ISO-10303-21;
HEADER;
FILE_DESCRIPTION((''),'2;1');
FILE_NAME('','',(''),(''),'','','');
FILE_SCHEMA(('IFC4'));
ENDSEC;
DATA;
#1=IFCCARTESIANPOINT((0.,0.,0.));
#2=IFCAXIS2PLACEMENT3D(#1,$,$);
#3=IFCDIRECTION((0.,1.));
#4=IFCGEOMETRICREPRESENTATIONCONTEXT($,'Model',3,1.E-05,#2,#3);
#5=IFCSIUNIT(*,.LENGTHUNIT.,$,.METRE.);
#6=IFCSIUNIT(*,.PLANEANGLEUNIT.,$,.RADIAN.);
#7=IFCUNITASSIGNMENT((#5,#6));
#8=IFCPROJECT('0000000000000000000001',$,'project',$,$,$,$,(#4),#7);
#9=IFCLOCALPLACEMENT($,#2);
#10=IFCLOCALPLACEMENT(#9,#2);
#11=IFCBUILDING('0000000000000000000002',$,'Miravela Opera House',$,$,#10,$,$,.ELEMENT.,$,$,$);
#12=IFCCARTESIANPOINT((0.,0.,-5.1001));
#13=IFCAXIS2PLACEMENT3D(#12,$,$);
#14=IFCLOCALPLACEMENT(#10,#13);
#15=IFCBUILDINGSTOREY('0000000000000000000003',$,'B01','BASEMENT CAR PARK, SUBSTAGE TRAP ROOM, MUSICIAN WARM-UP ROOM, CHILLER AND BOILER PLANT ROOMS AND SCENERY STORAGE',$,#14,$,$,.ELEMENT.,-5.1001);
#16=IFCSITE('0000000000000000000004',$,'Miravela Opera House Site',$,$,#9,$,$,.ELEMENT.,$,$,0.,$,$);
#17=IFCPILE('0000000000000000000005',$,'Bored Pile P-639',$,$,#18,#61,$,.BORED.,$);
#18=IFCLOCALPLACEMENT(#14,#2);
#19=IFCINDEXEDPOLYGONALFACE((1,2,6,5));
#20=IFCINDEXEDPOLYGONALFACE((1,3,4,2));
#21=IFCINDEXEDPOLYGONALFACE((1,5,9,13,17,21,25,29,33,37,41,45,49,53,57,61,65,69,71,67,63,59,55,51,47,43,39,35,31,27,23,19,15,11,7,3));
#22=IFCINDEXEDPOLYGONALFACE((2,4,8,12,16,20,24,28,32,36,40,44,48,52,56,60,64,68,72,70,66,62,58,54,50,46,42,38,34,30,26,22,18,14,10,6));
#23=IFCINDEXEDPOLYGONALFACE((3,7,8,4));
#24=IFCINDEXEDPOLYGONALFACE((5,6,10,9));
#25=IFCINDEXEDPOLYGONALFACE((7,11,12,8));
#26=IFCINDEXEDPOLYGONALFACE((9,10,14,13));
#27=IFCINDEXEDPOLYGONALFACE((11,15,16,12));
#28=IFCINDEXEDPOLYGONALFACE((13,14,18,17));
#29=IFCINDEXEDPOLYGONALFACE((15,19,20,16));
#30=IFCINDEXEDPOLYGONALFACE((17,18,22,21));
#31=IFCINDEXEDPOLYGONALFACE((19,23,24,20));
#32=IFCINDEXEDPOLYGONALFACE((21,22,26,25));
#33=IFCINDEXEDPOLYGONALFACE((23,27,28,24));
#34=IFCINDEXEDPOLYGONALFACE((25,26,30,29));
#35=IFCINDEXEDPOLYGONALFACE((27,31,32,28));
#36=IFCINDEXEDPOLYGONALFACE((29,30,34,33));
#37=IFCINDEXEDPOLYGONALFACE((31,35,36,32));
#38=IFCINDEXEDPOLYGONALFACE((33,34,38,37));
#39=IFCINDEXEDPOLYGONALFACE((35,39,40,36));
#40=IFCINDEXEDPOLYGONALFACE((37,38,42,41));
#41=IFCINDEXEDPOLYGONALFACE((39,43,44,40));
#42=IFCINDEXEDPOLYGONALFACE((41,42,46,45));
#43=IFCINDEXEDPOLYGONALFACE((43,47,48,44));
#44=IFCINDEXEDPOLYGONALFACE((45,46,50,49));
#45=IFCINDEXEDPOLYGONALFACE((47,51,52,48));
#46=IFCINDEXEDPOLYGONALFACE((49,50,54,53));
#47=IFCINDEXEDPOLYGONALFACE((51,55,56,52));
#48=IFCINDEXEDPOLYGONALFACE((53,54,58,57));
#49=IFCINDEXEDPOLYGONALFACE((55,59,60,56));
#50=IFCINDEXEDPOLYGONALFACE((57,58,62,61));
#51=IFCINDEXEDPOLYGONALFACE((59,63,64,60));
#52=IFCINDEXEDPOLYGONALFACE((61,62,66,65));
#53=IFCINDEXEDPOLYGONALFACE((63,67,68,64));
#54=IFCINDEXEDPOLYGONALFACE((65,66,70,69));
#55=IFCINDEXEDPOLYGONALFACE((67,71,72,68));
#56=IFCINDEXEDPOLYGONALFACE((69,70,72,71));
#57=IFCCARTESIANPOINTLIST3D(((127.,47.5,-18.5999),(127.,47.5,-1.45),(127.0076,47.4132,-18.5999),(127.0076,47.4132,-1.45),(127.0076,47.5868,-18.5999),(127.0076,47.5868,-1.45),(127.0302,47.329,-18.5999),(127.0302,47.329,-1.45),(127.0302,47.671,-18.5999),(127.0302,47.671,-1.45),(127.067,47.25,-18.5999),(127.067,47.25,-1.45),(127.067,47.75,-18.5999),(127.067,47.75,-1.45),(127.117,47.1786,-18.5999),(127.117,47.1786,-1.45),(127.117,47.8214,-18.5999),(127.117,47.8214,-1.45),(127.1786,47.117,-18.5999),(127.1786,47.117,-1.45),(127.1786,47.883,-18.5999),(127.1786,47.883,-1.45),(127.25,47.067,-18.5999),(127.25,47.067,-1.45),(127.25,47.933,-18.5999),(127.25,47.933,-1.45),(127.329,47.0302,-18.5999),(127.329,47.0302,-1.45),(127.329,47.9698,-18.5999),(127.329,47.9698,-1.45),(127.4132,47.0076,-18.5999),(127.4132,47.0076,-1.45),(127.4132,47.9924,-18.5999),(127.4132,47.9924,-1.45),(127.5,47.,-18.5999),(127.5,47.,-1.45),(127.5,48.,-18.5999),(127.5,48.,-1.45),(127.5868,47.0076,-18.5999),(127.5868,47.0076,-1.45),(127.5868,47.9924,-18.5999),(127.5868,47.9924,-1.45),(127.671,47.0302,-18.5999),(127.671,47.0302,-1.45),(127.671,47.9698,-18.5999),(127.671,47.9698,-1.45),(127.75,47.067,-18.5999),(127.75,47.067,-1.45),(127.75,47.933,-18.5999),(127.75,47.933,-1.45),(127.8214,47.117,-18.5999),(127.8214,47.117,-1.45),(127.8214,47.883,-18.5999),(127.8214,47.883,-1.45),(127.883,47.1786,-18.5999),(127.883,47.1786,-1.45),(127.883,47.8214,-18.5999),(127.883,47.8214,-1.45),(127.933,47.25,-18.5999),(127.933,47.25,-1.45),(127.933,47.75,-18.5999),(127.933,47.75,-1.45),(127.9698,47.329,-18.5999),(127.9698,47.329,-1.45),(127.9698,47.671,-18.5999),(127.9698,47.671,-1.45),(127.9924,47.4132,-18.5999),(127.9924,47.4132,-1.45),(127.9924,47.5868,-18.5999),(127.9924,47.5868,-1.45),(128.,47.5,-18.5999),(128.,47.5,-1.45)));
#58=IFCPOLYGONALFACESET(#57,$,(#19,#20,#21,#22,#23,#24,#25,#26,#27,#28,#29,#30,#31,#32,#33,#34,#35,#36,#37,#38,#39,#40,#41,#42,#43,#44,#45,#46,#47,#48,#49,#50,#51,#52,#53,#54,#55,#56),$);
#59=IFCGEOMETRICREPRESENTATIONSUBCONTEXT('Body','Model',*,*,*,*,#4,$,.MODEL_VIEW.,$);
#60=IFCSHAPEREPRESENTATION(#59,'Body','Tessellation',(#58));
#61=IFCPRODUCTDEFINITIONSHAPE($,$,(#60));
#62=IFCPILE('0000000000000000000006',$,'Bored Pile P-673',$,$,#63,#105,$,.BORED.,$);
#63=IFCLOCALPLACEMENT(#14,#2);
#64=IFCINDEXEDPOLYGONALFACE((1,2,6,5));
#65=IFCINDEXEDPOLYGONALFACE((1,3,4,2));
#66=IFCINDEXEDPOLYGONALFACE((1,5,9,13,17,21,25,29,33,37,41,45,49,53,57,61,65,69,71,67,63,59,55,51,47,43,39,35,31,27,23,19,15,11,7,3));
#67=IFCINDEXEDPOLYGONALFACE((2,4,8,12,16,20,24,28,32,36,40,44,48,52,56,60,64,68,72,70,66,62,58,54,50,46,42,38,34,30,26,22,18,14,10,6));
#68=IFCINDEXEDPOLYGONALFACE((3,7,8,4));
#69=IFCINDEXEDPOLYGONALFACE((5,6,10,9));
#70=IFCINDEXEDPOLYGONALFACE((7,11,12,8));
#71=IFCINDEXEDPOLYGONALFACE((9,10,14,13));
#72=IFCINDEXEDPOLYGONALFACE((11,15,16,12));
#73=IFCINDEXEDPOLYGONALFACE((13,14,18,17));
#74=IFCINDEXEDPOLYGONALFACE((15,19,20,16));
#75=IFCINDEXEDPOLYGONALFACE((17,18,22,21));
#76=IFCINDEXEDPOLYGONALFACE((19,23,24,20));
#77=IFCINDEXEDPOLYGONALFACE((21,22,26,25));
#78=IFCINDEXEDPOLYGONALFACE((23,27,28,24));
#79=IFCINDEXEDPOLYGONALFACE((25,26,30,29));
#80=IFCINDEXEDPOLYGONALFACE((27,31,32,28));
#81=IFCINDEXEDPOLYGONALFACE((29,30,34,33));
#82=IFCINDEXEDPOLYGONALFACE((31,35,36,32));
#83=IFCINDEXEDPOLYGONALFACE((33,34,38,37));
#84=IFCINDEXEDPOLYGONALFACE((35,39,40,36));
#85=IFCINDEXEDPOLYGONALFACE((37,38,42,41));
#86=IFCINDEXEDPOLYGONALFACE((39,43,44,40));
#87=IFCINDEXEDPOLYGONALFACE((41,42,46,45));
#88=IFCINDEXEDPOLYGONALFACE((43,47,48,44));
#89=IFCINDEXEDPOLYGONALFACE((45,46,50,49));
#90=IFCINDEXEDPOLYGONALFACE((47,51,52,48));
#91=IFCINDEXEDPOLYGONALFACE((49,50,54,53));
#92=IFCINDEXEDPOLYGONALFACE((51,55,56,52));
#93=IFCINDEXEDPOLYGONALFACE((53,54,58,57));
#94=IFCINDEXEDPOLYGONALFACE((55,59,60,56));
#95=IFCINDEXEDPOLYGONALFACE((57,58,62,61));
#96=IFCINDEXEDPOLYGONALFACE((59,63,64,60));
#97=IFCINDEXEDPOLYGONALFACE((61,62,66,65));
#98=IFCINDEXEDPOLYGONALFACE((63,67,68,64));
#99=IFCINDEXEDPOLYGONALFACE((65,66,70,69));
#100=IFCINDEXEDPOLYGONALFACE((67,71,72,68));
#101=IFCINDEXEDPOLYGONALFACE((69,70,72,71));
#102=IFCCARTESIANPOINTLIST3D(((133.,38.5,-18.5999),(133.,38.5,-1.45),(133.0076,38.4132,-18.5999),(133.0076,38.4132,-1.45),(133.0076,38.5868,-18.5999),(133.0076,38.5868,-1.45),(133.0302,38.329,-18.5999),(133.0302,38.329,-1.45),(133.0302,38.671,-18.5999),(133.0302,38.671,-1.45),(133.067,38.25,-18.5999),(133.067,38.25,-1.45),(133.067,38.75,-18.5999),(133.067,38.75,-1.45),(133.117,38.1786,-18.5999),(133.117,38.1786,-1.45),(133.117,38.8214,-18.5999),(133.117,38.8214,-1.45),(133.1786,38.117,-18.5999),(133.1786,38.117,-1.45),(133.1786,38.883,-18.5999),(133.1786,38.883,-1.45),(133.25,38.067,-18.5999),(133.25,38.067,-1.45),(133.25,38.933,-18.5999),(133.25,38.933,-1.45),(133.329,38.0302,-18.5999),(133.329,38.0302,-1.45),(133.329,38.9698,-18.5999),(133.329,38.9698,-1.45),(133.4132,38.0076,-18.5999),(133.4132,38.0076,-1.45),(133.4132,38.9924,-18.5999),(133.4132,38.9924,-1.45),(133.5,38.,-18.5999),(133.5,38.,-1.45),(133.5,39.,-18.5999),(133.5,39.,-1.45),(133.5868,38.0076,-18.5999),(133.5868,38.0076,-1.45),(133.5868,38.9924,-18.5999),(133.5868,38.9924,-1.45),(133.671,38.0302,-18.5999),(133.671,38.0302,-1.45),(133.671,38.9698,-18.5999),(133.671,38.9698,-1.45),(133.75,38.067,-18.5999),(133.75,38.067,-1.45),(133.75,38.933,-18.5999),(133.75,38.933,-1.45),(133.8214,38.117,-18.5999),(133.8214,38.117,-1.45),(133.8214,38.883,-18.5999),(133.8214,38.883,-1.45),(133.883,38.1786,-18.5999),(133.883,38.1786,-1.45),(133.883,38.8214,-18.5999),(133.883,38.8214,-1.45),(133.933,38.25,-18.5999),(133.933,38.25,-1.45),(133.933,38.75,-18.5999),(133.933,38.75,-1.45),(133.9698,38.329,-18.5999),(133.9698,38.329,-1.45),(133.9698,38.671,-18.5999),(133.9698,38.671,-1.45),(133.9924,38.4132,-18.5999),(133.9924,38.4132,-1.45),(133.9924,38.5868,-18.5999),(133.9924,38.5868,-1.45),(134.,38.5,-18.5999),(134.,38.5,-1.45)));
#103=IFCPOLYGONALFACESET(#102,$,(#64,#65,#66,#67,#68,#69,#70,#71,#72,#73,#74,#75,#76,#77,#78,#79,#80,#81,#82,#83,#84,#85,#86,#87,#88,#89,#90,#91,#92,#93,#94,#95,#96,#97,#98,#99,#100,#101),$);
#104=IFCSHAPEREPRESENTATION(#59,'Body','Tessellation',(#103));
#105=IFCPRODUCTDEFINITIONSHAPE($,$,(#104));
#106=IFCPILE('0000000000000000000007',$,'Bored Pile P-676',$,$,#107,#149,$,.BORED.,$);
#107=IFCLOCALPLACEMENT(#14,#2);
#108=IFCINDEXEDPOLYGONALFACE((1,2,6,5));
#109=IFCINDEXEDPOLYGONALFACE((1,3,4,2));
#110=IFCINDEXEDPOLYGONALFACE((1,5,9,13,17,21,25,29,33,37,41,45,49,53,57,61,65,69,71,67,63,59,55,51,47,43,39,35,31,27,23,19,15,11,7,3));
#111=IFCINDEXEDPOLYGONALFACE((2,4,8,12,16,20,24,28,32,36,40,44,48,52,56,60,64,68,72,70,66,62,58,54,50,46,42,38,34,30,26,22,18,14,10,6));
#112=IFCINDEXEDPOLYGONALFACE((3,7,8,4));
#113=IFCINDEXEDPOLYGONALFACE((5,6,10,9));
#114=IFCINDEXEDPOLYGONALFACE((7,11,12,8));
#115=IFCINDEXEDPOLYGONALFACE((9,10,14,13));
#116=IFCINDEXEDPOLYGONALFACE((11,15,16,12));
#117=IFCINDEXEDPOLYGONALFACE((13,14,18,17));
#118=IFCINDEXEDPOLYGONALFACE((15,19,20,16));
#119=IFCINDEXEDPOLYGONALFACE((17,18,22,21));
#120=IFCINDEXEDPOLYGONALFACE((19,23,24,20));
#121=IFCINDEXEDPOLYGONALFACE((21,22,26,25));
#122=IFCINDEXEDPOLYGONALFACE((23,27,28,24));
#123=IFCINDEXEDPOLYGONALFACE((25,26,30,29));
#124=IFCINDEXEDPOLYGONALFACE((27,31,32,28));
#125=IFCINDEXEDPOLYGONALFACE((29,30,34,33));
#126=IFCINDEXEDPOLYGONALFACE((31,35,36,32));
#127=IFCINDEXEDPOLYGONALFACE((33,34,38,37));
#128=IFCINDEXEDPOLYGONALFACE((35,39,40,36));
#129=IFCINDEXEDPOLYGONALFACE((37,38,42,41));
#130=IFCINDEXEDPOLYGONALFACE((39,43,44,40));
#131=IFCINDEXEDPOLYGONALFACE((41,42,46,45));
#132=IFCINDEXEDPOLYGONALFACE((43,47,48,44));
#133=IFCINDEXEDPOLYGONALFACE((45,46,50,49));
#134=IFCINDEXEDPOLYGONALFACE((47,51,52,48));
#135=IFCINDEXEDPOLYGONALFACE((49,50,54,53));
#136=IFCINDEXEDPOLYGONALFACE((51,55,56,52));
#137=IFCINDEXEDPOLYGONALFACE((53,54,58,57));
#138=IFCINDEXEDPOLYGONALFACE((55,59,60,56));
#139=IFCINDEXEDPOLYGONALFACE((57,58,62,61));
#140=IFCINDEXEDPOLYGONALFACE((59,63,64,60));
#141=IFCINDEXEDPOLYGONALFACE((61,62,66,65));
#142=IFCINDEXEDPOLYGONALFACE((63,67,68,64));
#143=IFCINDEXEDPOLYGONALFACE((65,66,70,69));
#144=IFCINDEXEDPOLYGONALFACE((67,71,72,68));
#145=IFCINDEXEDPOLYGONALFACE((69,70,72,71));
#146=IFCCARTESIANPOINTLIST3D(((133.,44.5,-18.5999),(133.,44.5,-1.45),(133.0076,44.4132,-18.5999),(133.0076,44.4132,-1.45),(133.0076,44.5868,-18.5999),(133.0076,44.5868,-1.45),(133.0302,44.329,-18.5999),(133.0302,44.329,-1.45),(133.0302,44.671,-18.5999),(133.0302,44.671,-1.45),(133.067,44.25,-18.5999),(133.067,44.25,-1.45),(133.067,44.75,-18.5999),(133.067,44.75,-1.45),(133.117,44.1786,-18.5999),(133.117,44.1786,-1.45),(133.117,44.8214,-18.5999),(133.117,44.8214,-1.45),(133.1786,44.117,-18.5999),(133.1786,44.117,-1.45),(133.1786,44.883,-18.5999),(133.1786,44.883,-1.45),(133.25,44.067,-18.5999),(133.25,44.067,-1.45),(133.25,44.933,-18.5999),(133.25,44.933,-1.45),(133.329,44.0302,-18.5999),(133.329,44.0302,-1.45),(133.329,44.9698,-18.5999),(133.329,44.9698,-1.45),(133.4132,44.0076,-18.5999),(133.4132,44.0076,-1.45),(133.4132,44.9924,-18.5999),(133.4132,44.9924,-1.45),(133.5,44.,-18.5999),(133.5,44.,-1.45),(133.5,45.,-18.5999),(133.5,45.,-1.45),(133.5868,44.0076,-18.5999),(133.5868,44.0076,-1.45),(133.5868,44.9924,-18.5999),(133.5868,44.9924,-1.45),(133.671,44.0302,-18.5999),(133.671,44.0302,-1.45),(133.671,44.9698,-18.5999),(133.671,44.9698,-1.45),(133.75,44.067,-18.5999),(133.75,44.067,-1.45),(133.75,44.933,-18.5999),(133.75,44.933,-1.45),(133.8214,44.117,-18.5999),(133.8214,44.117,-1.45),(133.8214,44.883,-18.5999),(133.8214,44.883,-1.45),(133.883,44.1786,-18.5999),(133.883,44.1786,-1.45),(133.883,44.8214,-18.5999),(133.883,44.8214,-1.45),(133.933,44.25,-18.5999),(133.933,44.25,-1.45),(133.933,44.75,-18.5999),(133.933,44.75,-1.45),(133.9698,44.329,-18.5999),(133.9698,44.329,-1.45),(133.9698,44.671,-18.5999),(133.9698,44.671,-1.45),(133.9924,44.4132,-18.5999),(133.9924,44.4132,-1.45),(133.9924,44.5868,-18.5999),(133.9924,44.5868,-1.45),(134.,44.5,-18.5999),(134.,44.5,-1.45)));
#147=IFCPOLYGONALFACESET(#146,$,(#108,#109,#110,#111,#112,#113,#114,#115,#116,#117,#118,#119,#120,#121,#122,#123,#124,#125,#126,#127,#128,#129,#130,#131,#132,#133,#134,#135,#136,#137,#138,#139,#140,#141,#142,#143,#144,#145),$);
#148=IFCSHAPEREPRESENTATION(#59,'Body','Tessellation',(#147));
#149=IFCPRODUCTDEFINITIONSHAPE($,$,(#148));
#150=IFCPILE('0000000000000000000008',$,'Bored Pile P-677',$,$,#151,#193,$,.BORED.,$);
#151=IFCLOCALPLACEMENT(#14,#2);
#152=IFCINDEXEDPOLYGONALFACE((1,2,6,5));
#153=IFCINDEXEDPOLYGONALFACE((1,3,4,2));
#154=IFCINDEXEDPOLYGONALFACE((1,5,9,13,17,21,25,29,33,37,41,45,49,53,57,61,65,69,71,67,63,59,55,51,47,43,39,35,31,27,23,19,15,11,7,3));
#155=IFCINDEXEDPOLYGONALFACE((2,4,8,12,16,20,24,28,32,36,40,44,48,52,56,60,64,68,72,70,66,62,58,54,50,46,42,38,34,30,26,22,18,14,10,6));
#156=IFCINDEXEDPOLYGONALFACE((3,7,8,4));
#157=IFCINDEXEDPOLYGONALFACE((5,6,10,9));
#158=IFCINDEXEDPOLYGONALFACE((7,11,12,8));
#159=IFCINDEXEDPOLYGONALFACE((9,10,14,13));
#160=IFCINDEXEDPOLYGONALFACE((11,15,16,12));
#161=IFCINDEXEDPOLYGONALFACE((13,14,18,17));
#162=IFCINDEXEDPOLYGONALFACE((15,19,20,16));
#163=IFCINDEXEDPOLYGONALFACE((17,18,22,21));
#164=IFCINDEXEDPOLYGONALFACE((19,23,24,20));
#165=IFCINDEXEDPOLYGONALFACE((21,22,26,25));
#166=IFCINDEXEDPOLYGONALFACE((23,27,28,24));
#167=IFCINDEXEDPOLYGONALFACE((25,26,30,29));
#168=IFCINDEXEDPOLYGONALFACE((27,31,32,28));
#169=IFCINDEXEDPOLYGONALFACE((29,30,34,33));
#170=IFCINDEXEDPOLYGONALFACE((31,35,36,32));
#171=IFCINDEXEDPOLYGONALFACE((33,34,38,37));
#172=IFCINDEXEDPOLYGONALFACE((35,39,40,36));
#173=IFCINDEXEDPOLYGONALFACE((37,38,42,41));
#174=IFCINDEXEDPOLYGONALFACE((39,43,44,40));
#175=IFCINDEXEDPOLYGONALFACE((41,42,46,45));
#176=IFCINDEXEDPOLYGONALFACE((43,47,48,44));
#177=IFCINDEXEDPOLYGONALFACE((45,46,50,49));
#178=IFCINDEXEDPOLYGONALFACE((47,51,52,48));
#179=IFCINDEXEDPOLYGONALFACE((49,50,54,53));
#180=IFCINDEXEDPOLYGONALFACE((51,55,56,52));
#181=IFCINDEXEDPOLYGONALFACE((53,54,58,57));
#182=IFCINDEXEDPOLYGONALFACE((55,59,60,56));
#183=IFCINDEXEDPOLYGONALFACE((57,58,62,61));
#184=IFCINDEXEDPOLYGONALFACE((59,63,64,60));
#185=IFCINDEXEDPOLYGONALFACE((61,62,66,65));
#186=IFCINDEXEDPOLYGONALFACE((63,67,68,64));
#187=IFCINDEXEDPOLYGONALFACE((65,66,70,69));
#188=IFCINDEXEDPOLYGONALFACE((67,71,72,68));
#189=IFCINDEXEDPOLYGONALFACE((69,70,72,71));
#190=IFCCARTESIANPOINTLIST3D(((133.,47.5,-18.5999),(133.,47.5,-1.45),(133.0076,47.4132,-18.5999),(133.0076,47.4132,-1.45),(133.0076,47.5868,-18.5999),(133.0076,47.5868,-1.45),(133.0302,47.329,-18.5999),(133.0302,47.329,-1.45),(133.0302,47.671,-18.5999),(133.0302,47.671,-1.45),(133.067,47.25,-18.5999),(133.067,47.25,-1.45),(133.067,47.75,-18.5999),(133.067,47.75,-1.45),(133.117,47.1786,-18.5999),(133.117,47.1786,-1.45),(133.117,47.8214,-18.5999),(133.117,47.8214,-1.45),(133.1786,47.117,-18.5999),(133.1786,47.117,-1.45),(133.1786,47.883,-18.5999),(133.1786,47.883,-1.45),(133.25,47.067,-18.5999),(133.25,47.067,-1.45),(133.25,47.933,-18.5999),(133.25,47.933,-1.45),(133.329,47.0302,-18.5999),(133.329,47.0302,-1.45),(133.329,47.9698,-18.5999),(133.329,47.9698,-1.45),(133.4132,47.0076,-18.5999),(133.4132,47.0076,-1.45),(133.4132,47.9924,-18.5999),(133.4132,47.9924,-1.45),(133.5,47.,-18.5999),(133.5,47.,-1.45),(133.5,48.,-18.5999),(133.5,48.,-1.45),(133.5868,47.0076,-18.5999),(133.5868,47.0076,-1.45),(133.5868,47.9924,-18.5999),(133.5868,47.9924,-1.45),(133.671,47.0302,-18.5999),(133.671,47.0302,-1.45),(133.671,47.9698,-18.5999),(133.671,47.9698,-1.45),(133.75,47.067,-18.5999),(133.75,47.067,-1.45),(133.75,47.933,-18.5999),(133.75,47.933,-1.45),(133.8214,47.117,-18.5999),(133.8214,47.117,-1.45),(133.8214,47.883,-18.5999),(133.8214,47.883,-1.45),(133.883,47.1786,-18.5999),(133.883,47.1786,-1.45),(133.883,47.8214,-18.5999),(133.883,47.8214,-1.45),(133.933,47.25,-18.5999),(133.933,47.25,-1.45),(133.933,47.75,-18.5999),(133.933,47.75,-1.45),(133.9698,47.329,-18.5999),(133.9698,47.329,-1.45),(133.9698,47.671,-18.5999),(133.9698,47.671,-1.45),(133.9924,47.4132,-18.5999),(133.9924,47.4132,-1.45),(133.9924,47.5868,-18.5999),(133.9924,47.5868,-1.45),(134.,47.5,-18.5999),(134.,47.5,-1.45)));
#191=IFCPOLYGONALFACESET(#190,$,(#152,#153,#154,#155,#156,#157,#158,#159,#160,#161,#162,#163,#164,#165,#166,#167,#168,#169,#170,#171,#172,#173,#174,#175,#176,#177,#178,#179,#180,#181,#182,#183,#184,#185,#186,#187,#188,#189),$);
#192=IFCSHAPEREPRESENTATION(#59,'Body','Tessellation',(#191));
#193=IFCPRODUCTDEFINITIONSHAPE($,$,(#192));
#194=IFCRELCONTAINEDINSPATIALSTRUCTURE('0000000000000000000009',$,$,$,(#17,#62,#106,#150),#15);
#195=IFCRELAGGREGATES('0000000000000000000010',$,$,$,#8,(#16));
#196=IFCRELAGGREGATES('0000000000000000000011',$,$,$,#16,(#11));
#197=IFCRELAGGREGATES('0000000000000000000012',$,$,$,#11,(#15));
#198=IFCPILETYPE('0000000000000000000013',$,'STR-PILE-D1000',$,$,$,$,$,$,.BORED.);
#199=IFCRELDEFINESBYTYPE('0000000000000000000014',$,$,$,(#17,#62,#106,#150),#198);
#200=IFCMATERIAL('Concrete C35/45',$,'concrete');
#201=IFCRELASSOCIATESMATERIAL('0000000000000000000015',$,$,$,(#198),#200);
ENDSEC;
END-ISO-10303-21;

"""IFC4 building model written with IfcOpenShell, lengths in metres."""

from ifc_helpers import new_model, si_unit, direction, frame, origin, origin_2d, place, context, subcontext, project, spatial, circle, extrude, material, material_profile, profile_set, type_object, element, save


model = new_model("IFC4")

# Units and contexts
model_context = context("Model", 3, precision=1e-05, world=origin(), true_north=direction((0.0, 1.0)))
body_context = subcontext(model_context, "Body", "Model", "MODEL_VIEW")
ifc_project = project(units=[si_unit("LENGTHUNIT", "METRE"), si_unit("PLANEANGLEUNIT", "RADIAN")], contexts=[model_context])

# Site, building, storey
site_placement = place(None, origin())
site = spatial("IfcSite", under=ifc_project, at=site_placement, Name="Miravela Opera House Site", CompositionType="ELEMENT", RefElevation=0.0)
building_placement = place(site_placement, origin())
building = spatial("IfcBuilding", under=site, at=building_placement, Name="Miravela Opera House", CompositionType="ELEMENT")
storey_placement = place(building_placement, frame((0.0, 0.0, -5.1001)))
storey = spatial("IfcBuildingStorey", under=building, at=storey_placement, Name="B01", Description="BASEMENT CAR PARK, SUBSTAGE TRAP ROOM, MUSICIAN WARM-UP ROOM, CHILLER AND BOILER PLANT ROOMS AND SCENERY STORAGE", CompositionType="ELEMENT", Elevation=-5.1001)

# Shared definitions
ifc_material_1 = material(Name="Concrete C35/45", Category="concrete")

# Piles
ifc_material_profile_1 = material_profile(ifc_material_1, circle(Radius=0.5, at=origin_2d()), Name="PILE-D1000")
ifc_profile_set_1 = profile_set([ifc_material_profile_1])
pile_type_1 = type_object("IfcPileType", Name="STR-PILE-D1000", PredefinedType="BORED", material=ifc_profile_set_1)
for number, where, z_axis, x_axis, name in (
    (1, (127.5, 47.5, -1.45), (0.0, 0.0, -1.0), (1.0, 0.0, 0.0), "Bored Pile P-639"),
    (2, (133.5, 38.5, -1.45), (0.0, 0.0, -1.0), (1.0, 0.0, 0.0), "Bored Pile P-673"),
    (3, (133.5, 44.5, -1.45), (0.0, 0.0, -1.0), (1.0, 0.0, 0.0), "Bored Pile P-676"),
    (4, (133.5, 47.5, -1.45), (0.0, 0.0, -1.0), (1.0, 0.0, 0.0), "Bored Pile P-677"),
):
    element("IfcPile", number, at=place(storey_placement, frame(where, z_axis=z_axis, x_axis=x_axis)), inside=storey, type_object=pile_type_1, Name=name, PredefinedType="BORED", context=body_context, shape_type="SweptSolid", body=[
        extrude(circle(Radius=0.5, at=origin_2d()), origin(), (0.0, 0.0, 1.0), 17.1499),
    ])

save(model, "model.ifc")
